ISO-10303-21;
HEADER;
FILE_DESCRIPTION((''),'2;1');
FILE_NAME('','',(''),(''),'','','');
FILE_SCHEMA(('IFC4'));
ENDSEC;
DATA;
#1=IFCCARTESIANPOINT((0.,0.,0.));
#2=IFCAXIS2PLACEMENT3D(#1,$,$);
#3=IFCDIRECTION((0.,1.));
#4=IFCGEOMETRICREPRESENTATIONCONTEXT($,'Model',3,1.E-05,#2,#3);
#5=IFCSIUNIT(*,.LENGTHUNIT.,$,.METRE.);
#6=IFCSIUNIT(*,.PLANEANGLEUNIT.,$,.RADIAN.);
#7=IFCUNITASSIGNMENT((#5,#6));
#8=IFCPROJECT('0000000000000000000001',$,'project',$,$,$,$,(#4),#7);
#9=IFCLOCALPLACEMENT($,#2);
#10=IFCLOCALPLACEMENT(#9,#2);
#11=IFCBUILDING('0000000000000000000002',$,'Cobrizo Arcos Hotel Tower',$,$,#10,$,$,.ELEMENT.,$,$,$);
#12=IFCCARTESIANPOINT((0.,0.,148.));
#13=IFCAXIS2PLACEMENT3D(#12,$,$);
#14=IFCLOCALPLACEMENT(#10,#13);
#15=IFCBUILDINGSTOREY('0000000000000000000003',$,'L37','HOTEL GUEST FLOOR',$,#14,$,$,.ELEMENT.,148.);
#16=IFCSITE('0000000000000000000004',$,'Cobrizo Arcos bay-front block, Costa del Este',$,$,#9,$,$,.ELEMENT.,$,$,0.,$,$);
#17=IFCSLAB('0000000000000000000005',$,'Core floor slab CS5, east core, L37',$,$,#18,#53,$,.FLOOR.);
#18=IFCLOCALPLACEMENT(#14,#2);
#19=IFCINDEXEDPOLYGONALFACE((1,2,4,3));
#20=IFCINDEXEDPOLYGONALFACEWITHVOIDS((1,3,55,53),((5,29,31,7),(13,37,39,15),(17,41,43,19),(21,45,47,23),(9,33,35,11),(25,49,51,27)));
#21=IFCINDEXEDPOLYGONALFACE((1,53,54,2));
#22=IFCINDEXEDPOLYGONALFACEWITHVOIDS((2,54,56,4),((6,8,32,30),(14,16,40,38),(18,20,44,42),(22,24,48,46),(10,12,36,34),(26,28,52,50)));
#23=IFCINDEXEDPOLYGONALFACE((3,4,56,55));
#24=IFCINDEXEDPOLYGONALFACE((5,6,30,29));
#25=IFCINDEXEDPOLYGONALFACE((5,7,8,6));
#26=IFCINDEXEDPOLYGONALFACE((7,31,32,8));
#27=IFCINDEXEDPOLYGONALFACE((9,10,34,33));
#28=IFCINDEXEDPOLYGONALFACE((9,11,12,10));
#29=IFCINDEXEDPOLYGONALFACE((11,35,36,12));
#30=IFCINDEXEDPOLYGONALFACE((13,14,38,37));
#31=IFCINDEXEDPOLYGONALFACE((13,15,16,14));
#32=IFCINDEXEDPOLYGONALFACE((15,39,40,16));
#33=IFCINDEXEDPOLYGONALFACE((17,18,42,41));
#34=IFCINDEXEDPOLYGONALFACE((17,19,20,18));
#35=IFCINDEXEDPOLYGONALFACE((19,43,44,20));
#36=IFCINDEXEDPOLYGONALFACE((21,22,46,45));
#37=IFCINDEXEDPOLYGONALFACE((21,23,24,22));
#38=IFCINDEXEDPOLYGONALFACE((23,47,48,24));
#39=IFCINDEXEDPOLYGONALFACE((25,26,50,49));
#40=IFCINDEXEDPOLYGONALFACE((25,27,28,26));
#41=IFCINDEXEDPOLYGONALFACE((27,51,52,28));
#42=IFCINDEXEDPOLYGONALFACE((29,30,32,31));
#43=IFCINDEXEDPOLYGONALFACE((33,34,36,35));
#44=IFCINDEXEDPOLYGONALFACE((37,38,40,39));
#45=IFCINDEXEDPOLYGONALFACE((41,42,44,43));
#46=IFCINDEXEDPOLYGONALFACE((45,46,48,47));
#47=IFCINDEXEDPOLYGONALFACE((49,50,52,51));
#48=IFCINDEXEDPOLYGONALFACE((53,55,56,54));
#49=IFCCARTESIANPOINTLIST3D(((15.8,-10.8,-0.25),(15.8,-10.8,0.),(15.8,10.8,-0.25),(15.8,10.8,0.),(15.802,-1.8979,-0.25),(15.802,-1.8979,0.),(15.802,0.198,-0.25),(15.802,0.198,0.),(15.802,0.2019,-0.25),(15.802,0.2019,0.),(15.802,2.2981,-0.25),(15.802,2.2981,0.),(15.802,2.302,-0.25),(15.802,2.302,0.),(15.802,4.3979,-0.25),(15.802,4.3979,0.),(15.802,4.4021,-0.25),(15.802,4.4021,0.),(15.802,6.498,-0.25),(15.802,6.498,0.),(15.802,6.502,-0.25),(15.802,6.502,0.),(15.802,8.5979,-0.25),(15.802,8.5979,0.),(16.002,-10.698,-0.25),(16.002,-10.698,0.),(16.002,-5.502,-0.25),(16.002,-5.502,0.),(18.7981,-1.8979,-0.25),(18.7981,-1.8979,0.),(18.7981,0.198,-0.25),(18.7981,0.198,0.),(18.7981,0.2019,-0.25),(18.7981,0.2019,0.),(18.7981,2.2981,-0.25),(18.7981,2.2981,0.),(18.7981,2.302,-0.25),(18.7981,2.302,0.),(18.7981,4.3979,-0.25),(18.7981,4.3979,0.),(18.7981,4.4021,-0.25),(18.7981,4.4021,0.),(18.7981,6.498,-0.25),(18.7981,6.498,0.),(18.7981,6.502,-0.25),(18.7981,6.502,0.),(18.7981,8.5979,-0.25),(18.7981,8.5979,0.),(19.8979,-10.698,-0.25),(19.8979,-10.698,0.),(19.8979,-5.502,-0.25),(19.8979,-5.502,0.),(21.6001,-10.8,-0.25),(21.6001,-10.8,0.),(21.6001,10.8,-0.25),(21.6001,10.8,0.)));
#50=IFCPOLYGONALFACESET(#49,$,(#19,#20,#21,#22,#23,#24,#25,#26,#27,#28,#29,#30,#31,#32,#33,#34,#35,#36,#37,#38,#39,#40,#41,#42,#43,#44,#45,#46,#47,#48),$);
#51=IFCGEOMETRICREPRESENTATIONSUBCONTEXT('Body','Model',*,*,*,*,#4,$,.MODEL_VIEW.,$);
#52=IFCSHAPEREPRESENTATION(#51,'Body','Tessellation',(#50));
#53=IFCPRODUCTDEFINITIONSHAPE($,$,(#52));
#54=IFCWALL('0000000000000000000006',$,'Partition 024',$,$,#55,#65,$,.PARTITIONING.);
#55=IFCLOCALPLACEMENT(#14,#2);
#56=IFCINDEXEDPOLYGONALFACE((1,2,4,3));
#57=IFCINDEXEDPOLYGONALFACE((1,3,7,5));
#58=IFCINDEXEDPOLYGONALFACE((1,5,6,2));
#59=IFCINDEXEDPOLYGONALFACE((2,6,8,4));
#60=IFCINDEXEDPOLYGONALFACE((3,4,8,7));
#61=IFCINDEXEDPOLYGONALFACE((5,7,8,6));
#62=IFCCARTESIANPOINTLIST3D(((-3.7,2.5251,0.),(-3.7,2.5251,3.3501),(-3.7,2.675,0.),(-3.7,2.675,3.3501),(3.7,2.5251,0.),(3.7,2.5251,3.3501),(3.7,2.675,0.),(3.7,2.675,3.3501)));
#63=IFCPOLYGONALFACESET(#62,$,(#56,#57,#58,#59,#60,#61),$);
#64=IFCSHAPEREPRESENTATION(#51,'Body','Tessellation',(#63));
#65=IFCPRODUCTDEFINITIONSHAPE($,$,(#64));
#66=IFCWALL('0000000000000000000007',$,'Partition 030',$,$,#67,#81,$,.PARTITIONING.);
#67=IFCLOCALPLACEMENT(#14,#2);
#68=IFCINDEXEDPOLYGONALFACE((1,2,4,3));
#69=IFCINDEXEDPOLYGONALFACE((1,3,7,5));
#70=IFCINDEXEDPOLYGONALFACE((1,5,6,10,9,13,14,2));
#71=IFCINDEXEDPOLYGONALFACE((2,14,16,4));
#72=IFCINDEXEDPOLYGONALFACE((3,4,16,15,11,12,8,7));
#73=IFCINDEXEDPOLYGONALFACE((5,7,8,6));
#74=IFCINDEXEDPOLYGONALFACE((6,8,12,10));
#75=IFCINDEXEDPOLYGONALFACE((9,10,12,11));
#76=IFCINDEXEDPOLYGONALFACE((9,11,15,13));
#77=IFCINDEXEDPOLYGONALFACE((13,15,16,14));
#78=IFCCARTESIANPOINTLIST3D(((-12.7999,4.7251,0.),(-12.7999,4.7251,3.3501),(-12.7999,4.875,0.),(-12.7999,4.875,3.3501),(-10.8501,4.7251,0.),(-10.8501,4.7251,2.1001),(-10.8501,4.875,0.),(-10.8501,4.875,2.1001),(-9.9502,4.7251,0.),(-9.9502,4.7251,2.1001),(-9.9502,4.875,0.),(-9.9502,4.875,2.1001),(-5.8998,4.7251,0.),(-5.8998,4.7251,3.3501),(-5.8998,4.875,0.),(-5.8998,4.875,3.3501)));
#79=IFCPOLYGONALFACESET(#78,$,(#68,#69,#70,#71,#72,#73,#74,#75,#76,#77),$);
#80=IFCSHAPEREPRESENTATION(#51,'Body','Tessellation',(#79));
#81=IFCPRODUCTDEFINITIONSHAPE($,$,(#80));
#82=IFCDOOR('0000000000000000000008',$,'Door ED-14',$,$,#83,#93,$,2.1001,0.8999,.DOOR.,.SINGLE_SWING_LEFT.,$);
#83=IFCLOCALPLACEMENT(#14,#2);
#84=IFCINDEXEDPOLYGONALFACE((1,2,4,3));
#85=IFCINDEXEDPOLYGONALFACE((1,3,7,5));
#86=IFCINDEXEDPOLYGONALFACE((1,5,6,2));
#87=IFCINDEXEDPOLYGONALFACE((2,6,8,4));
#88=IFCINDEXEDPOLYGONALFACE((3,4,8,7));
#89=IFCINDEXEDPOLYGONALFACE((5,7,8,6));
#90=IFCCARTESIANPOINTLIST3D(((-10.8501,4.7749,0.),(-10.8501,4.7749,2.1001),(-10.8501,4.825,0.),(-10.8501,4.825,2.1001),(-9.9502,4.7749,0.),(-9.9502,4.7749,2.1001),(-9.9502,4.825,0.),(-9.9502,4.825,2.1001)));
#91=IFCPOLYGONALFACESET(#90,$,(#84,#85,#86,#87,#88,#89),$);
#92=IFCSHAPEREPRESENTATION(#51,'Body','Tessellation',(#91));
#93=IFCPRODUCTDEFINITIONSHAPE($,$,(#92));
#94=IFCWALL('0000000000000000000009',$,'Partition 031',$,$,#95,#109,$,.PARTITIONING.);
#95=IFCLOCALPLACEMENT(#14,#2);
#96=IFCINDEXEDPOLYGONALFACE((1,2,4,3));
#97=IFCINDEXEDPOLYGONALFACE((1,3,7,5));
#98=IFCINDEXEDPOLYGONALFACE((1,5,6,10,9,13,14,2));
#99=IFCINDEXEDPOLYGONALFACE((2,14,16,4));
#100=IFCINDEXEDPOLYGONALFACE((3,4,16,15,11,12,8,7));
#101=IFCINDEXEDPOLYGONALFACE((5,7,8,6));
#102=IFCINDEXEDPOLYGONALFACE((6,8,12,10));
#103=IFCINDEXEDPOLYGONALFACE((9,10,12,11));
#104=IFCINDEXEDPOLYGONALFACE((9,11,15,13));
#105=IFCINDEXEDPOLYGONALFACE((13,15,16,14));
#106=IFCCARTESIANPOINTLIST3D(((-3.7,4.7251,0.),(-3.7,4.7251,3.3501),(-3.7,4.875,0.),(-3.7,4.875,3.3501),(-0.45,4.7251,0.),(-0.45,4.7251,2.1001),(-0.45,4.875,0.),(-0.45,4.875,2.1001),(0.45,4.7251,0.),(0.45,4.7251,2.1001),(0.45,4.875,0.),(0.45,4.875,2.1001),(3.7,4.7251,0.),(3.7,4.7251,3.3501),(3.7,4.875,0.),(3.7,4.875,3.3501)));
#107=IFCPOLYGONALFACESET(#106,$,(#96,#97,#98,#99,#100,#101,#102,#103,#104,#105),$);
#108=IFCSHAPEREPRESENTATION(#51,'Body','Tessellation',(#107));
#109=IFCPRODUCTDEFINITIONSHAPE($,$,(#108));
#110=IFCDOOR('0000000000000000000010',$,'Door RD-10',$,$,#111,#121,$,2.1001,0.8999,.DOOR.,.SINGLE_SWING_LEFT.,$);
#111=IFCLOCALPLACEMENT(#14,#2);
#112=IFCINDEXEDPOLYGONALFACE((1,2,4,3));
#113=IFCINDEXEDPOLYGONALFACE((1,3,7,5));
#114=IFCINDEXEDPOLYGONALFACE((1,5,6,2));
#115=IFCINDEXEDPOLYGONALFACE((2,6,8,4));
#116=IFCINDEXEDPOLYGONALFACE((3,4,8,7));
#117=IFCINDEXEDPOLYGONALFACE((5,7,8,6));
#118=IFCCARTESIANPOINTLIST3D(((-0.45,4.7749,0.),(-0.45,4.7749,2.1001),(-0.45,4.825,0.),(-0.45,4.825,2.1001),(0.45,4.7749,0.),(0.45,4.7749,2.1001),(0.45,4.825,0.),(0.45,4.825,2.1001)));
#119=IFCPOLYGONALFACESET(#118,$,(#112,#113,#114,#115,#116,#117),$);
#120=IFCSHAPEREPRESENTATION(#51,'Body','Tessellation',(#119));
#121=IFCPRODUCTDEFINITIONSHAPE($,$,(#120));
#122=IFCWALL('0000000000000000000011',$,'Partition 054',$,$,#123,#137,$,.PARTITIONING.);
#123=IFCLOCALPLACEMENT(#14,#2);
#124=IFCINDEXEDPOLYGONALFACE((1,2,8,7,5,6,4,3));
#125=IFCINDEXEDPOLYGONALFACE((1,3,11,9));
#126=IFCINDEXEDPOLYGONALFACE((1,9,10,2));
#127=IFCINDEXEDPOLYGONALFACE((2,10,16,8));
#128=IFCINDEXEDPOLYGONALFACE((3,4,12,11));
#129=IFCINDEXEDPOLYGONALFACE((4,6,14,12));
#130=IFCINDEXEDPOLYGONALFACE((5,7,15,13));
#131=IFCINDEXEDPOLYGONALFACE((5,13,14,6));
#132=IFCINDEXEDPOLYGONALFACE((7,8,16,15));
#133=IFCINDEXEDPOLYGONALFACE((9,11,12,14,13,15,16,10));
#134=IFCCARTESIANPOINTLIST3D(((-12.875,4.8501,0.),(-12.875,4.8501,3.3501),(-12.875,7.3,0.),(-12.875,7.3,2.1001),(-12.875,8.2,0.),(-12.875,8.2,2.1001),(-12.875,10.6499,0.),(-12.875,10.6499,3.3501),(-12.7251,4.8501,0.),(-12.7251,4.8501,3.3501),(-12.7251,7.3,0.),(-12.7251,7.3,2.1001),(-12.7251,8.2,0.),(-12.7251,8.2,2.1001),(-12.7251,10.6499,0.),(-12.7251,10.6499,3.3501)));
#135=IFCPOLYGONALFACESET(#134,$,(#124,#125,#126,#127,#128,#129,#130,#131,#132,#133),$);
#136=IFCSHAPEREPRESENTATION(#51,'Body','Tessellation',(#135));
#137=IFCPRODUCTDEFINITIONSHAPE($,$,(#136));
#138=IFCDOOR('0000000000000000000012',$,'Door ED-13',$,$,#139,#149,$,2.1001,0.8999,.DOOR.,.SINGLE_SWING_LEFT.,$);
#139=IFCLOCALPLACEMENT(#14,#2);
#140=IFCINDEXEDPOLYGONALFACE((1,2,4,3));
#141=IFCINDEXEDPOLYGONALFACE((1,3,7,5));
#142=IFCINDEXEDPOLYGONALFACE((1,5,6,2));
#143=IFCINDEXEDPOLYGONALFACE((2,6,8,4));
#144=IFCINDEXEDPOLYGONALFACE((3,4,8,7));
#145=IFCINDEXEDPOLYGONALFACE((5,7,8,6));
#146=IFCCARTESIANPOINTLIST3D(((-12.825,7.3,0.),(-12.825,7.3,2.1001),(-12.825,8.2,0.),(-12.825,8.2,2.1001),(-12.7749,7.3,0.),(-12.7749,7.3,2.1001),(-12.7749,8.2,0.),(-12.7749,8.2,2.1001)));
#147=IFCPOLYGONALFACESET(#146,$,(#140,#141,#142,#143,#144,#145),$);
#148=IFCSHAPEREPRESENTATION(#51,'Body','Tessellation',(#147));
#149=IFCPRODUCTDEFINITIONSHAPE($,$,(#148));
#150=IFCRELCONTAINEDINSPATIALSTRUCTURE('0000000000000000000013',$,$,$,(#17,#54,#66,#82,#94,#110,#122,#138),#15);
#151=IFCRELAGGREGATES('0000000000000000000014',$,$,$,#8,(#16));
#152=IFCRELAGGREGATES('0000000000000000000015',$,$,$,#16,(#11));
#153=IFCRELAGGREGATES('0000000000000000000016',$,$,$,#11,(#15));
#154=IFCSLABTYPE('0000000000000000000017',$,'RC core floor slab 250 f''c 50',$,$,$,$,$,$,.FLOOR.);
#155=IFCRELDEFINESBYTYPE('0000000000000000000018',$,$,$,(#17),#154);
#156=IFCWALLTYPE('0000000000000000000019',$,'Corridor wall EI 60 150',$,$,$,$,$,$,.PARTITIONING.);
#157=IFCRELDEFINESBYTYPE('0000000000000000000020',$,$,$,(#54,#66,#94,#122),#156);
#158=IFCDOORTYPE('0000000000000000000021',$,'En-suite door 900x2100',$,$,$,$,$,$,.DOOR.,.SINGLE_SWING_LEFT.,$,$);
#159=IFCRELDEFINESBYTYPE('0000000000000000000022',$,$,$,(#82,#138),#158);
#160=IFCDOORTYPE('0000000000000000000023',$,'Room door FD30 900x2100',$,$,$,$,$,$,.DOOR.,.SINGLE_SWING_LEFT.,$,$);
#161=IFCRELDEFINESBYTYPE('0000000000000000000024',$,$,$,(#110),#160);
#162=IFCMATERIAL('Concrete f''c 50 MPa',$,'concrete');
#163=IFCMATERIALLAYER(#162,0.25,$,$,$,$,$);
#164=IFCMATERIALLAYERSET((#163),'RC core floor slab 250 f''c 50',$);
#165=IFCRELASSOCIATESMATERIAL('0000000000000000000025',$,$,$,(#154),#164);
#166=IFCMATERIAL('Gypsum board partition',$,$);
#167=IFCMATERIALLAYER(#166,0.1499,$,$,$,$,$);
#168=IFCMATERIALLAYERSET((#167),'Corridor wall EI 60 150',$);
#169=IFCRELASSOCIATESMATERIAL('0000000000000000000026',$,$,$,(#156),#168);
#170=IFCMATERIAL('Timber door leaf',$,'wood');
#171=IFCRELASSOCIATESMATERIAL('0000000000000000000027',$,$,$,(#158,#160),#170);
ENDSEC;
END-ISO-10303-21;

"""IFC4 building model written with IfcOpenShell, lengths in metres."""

from ifc_helpers import new_model, si_unit, direction, frame, frame_2d, origin, place, context, subcontext, project, spatial, polyline, rectangle, outline, extrude, material, layer, layer_set, type_object, element, fill, save


model = new_model("IFC4")

# Units and contexts
model_context = context("Model", 3, precision=1e-05, world=origin(), true_north=direction((0.0, 1.0)))
body_context = subcontext(model_context, "Body", "Model", "MODEL_VIEW")
ifc_project = project(units=[si_unit("LENGTHUNIT", "METRE"), si_unit("PLANEANGLEUNIT", "RADIAN")], contexts=[model_context])

# Site, building, storey
site_placement = place(None, origin())
site = spatial("IfcSite", under=ifc_project, at=site_placement, Name="Cobrizo Arcos bay-front block, Costa del Este", CompositionType="ELEMENT", RefElevation=0.0)
building_placement = place(site_placement, origin())
building = spatial("IfcBuilding", under=site, at=building_placement, Name="Cobrizo Arcos Hotel Tower", CompositionType="ELEMENT")
storey_placement = place(building_placement, frame((0.0, 0.0, 148.0)))
storey = spatial("IfcBuildingStorey", under=building, at=storey_placement, Name="L37", Description="HOTEL GUEST FLOOR", CompositionType="ELEMENT", Elevation=148.0)

# Slab
ifc_material_1 = material(Name="Concrete f'c 50 MPa", Category="concrete")
ifc_layer_1 = layer(ifc_material_1, 0.25)
ifc_layer_set_1 = layer_set([ifc_layer_1], Name="RC core floor slab 250 f'c 50")
slab_type = type_object("IfcSlabType", Name="RC core floor slab 250 f'c 50", PredefinedType="FLOOR", material=ifc_layer_set_1)
slab_placement = place(storey_placement, frame((0.0, 0.0, -0.25)))
element("IfcSlab", 1, at=slab_placement, inside=storey, type_object=slab_type, Name="Core floor slab CS5, east core, L37", PredefinedType="FLOOR", context=body_context, shape_type="SweptSolid", body=[
    extrude(outline(polyline([(15.8, 10.8), (21.6001, 10.8), (21.6001, -10.8), (15.8, -10.8), (15.8, 10.8)]), holes=[polyline([(19.8979, -10.698), (19.8979, -5.502), (16.002, -5.502), (16.002, -10.698), (19.8979, -10.698)]), polyline([(15.802, 0.198), (15.802, -1.8979), (18.7981, -1.8979), (18.7981, 0.198), (15.802, 0.198)]), polyline([(15.802, 2.2981), (15.802, 0.2019), (18.7981, 0.2019), (18.7981, 2.2981), (15.802, 2.2981)]), polyline([(15.802, 4.3979), (15.802, 2.302), (18.7981, 2.302), (18.7981, 4.3979), (15.802, 4.3979)]), polyline([(18.7981, 6.498), (15.802, 6.498), (15.802, 4.4021), (18.7981, 4.4021), (18.7981, 6.498)]), polyline([(18.7981, 8.5979), (15.802, 8.5979), (15.802, 6.502), (18.7981, 6.502), (18.7981, 8.5979)])]), origin(), (0.0, 0.0, 1.0), 0.25),
])

# Wall
ifc_material_2 = material(Name="Gypsum board partition")
ifc_layer_2 = layer(ifc_material_2, 0.1499)
ifc_layer_set_2 = layer_set([ifc_layer_2], Name="Corridor wall EI 60 150")
wall_type_1 = type_object("IfcWallType", Name="Corridor wall EI 60 150", PredefinedType="PARTITIONING", material=ifc_layer_set_2)
wall_1_placement = place(storey_placement, frame((-3.7, 2.6001, 0.0), z_axis=(0.0, 0.0, 1.0), x_axis=(1.0, 0.0, 0.0)))
element("IfcWall", 2, at=wall_1_placement, inside=storey, type_object=wall_type_1, Name="Partition 024", PredefinedType="PARTITIONING", context=body_context, shape_type="SweptSolid", body=[
    extrude(rectangle(XDim=7.3999, YDim=0.1499, at=frame_2d((3.7, 0.0))), origin(), (0.0, 0.0, 1.0), 3.3501),
])

# Walls, openings, doors
wall_2_placement = place(storey_placement, frame((-12.8, 4.8, 0.0), z_axis=(0.0, 0.0, 1.0), x_axis=(1.0, 0.0, 0.0)))
wall_2 = element("IfcWall", 3, at=wall_2_placement, inside=storey, type_object=wall_type_1, Name="Partition 030", PredefinedType="PARTITIONING", context=body_context, shape_type="SweptSolid", body=[
    extrude(rectangle(XDim=6.9001, YDim=0.1499, at=frame_2d((3.4502, 0.0))), origin(), (0.0, 0.0, 1.0), 3.3501),
])
opening_1_placement = place(wall_2_placement, frame((1.95, 0.0, 0.0)))
opening_1 = element("IfcOpeningElement", 4, at=opening_1_placement, cuts=wall_2, PredefinedType="OPENING", context=body_context, shape_type="SweptSolid", body=[
    extrude(rectangle(XDim=0.8999, YDim=2.1001, at=frame_2d((0.45, 1.05))), frame((0.0, 0.0869, 0.0), z_axis=(0.0, -1.0, 0.0), x_axis=(1.0, 0.0, 0.0)), (0.0, 0.0, 1.0), 0.1738),
])
ifc_material_3 = material(Name="Timber door leaf", Category="wood")
door_type_1 = type_object("IfcDoorType", Name="En-suite door 900x2100", OperationType="SINGLE_SWING_LEFT", PredefinedType="DOOR", material=ifc_material_3)
door_1_placement = place(opening_1_placement, origin())
door_1 = element("IfcDoor", 5, at=door_1_placement, inside=storey, type_object=door_type_1, Name="Door ED-14", OperationType="SINGLE_SWING_LEFT", OverallHeight=2.1001, OverallWidth=0.8999, PredefinedType="DOOR", context=body_context, shape_type="SweptSolid", body=[
    extrude(rectangle(XDim=0.8999, YDim=2.1001, at=frame_2d((0.45, 1.05))), frame((0.0, 0.0249, 0.0), z_axis=(0.0, -1.0, 0.0), x_axis=(1.0, 0.0, 0.0)), (0.0, 0.0, 1.0), 0.05),
])
fill(opening_1, door_1)
wall_3_placement = place(storey_placement, frame((-3.7, 4.8, 0.0), z_axis=(0.0, 0.0, 1.0), x_axis=(1.0, 0.0, 0.0)))
wall_3 = element("IfcWall", 6, at=wall_3_placement, inside=storey, type_object=wall_type_1, Name="Partition 031", PredefinedType="PARTITIONING", context=body_context, shape_type="SweptSolid", body=[
    extrude(rectangle(XDim=7.3999, YDim=0.1499, at=frame_2d((3.7, 0.0))), origin(), (0.0, 0.0, 1.0), 3.3501),
])
opening_2_placement = place(wall_3_placement, frame((3.25, 0.0, 0.0)))
opening_2 = element("IfcOpeningElement", 7, at=opening_2_placement, cuts=wall_3, PredefinedType="OPENING", context=body_context, shape_type="SweptSolid", body=[
    extrude(rectangle(XDim=0.8999, YDim=2.1001, at=frame_2d((0.45, 1.05))), frame((0.0, 0.0869, 0.0), z_axis=(0.0, -1.0, 0.0), x_axis=(1.0, 0.0, 0.0)), (0.0, 0.0, 1.0), 0.1738),
])
door_type_2 = type_object("IfcDoorType", Name="Room door FD30 900x2100", OperationType="SINGLE_SWING_LEFT", PredefinedType="DOOR", material=ifc_material_3)
door_2_placement = place(opening_2_placement, origin())
door_2 = element("IfcDoor", 8, at=door_2_placement, inside=storey, type_object=door_type_2, Name="Door RD-10", OperationType="SINGLE_SWING_LEFT", OverallHeight=2.1001, OverallWidth=0.8999, PredefinedType="DOOR", context=body_context, shape_type="SweptSolid", body=[
    extrude(rectangle(XDim=0.8999, YDim=2.1001, at=frame_2d((0.45, 1.05))), frame((0.0, 0.0249, 0.0), z_axis=(0.0, -1.0, 0.0), x_axis=(1.0, 0.0, 0.0)), (0.0, 0.0, 1.0), 0.05),
])
fill(opening_2, door_2)
wall_4_placement = place(storey_placement, frame((-12.8, 4.8501, 0.0), z_axis=(0.0, 0.0, 1.0), x_axis=(0.0, 1.0, 0.0)))
wall_4 = element("IfcWall", 9, at=wall_4_placement, inside=storey, type_object=wall_type_1, Name="Partition 054", PredefinedType="PARTITIONING", context=body_context, shape_type="SweptSolid", body=[
    extrude(rectangle(XDim=5.7998, YDim=0.1499, at=frame_2d((2.8999, 0.0))), origin(), (0.0, 0.0, 1.0), 3.3501),
])
opening_3_placement = place(wall_4_placement, frame((2.45, 0.0, 0.0)))
opening_3 = element("IfcOpeningElement", 10, at=opening_3_placement, cuts=wall_4, PredefinedType="OPENING", context=body_context, shape_type="SweptSolid", body=[
    extrude(rectangle(XDim=0.8999, YDim=2.1001, at=frame_2d((0.45, 1.05))), frame((0.0, 0.0869, 0.0), z_axis=(0.0, -1.0, 0.0), x_axis=(1.0, 0.0, 0.0)), (0.0, 0.0, 1.0), 0.1738),
])
door_3_placement = place(opening_3_placement, origin())
door_3 = element("IfcDoor", 11, at=door_3_placement, inside=storey, type_object=door_type_1, Name="Door ED-13", OperationType="SINGLE_SWING_LEFT", OverallHeight=2.1001, OverallWidth=0.8999, PredefinedType="DOOR", context=body_context, shape_type="SweptSolid", body=[
    extrude(rectangle(XDim=0.8999, YDim=2.1001, at=frame_2d((0.45, 1.05))), frame((0.0, 0.0249, 0.0), z_axis=(0.0, -1.0, 0.0), x_axis=(1.0, 0.0, 0.0)), (0.0, 0.0, 1.0), 0.05),
])
fill(opening_3, door_3)

save(model, "model.ifc")
